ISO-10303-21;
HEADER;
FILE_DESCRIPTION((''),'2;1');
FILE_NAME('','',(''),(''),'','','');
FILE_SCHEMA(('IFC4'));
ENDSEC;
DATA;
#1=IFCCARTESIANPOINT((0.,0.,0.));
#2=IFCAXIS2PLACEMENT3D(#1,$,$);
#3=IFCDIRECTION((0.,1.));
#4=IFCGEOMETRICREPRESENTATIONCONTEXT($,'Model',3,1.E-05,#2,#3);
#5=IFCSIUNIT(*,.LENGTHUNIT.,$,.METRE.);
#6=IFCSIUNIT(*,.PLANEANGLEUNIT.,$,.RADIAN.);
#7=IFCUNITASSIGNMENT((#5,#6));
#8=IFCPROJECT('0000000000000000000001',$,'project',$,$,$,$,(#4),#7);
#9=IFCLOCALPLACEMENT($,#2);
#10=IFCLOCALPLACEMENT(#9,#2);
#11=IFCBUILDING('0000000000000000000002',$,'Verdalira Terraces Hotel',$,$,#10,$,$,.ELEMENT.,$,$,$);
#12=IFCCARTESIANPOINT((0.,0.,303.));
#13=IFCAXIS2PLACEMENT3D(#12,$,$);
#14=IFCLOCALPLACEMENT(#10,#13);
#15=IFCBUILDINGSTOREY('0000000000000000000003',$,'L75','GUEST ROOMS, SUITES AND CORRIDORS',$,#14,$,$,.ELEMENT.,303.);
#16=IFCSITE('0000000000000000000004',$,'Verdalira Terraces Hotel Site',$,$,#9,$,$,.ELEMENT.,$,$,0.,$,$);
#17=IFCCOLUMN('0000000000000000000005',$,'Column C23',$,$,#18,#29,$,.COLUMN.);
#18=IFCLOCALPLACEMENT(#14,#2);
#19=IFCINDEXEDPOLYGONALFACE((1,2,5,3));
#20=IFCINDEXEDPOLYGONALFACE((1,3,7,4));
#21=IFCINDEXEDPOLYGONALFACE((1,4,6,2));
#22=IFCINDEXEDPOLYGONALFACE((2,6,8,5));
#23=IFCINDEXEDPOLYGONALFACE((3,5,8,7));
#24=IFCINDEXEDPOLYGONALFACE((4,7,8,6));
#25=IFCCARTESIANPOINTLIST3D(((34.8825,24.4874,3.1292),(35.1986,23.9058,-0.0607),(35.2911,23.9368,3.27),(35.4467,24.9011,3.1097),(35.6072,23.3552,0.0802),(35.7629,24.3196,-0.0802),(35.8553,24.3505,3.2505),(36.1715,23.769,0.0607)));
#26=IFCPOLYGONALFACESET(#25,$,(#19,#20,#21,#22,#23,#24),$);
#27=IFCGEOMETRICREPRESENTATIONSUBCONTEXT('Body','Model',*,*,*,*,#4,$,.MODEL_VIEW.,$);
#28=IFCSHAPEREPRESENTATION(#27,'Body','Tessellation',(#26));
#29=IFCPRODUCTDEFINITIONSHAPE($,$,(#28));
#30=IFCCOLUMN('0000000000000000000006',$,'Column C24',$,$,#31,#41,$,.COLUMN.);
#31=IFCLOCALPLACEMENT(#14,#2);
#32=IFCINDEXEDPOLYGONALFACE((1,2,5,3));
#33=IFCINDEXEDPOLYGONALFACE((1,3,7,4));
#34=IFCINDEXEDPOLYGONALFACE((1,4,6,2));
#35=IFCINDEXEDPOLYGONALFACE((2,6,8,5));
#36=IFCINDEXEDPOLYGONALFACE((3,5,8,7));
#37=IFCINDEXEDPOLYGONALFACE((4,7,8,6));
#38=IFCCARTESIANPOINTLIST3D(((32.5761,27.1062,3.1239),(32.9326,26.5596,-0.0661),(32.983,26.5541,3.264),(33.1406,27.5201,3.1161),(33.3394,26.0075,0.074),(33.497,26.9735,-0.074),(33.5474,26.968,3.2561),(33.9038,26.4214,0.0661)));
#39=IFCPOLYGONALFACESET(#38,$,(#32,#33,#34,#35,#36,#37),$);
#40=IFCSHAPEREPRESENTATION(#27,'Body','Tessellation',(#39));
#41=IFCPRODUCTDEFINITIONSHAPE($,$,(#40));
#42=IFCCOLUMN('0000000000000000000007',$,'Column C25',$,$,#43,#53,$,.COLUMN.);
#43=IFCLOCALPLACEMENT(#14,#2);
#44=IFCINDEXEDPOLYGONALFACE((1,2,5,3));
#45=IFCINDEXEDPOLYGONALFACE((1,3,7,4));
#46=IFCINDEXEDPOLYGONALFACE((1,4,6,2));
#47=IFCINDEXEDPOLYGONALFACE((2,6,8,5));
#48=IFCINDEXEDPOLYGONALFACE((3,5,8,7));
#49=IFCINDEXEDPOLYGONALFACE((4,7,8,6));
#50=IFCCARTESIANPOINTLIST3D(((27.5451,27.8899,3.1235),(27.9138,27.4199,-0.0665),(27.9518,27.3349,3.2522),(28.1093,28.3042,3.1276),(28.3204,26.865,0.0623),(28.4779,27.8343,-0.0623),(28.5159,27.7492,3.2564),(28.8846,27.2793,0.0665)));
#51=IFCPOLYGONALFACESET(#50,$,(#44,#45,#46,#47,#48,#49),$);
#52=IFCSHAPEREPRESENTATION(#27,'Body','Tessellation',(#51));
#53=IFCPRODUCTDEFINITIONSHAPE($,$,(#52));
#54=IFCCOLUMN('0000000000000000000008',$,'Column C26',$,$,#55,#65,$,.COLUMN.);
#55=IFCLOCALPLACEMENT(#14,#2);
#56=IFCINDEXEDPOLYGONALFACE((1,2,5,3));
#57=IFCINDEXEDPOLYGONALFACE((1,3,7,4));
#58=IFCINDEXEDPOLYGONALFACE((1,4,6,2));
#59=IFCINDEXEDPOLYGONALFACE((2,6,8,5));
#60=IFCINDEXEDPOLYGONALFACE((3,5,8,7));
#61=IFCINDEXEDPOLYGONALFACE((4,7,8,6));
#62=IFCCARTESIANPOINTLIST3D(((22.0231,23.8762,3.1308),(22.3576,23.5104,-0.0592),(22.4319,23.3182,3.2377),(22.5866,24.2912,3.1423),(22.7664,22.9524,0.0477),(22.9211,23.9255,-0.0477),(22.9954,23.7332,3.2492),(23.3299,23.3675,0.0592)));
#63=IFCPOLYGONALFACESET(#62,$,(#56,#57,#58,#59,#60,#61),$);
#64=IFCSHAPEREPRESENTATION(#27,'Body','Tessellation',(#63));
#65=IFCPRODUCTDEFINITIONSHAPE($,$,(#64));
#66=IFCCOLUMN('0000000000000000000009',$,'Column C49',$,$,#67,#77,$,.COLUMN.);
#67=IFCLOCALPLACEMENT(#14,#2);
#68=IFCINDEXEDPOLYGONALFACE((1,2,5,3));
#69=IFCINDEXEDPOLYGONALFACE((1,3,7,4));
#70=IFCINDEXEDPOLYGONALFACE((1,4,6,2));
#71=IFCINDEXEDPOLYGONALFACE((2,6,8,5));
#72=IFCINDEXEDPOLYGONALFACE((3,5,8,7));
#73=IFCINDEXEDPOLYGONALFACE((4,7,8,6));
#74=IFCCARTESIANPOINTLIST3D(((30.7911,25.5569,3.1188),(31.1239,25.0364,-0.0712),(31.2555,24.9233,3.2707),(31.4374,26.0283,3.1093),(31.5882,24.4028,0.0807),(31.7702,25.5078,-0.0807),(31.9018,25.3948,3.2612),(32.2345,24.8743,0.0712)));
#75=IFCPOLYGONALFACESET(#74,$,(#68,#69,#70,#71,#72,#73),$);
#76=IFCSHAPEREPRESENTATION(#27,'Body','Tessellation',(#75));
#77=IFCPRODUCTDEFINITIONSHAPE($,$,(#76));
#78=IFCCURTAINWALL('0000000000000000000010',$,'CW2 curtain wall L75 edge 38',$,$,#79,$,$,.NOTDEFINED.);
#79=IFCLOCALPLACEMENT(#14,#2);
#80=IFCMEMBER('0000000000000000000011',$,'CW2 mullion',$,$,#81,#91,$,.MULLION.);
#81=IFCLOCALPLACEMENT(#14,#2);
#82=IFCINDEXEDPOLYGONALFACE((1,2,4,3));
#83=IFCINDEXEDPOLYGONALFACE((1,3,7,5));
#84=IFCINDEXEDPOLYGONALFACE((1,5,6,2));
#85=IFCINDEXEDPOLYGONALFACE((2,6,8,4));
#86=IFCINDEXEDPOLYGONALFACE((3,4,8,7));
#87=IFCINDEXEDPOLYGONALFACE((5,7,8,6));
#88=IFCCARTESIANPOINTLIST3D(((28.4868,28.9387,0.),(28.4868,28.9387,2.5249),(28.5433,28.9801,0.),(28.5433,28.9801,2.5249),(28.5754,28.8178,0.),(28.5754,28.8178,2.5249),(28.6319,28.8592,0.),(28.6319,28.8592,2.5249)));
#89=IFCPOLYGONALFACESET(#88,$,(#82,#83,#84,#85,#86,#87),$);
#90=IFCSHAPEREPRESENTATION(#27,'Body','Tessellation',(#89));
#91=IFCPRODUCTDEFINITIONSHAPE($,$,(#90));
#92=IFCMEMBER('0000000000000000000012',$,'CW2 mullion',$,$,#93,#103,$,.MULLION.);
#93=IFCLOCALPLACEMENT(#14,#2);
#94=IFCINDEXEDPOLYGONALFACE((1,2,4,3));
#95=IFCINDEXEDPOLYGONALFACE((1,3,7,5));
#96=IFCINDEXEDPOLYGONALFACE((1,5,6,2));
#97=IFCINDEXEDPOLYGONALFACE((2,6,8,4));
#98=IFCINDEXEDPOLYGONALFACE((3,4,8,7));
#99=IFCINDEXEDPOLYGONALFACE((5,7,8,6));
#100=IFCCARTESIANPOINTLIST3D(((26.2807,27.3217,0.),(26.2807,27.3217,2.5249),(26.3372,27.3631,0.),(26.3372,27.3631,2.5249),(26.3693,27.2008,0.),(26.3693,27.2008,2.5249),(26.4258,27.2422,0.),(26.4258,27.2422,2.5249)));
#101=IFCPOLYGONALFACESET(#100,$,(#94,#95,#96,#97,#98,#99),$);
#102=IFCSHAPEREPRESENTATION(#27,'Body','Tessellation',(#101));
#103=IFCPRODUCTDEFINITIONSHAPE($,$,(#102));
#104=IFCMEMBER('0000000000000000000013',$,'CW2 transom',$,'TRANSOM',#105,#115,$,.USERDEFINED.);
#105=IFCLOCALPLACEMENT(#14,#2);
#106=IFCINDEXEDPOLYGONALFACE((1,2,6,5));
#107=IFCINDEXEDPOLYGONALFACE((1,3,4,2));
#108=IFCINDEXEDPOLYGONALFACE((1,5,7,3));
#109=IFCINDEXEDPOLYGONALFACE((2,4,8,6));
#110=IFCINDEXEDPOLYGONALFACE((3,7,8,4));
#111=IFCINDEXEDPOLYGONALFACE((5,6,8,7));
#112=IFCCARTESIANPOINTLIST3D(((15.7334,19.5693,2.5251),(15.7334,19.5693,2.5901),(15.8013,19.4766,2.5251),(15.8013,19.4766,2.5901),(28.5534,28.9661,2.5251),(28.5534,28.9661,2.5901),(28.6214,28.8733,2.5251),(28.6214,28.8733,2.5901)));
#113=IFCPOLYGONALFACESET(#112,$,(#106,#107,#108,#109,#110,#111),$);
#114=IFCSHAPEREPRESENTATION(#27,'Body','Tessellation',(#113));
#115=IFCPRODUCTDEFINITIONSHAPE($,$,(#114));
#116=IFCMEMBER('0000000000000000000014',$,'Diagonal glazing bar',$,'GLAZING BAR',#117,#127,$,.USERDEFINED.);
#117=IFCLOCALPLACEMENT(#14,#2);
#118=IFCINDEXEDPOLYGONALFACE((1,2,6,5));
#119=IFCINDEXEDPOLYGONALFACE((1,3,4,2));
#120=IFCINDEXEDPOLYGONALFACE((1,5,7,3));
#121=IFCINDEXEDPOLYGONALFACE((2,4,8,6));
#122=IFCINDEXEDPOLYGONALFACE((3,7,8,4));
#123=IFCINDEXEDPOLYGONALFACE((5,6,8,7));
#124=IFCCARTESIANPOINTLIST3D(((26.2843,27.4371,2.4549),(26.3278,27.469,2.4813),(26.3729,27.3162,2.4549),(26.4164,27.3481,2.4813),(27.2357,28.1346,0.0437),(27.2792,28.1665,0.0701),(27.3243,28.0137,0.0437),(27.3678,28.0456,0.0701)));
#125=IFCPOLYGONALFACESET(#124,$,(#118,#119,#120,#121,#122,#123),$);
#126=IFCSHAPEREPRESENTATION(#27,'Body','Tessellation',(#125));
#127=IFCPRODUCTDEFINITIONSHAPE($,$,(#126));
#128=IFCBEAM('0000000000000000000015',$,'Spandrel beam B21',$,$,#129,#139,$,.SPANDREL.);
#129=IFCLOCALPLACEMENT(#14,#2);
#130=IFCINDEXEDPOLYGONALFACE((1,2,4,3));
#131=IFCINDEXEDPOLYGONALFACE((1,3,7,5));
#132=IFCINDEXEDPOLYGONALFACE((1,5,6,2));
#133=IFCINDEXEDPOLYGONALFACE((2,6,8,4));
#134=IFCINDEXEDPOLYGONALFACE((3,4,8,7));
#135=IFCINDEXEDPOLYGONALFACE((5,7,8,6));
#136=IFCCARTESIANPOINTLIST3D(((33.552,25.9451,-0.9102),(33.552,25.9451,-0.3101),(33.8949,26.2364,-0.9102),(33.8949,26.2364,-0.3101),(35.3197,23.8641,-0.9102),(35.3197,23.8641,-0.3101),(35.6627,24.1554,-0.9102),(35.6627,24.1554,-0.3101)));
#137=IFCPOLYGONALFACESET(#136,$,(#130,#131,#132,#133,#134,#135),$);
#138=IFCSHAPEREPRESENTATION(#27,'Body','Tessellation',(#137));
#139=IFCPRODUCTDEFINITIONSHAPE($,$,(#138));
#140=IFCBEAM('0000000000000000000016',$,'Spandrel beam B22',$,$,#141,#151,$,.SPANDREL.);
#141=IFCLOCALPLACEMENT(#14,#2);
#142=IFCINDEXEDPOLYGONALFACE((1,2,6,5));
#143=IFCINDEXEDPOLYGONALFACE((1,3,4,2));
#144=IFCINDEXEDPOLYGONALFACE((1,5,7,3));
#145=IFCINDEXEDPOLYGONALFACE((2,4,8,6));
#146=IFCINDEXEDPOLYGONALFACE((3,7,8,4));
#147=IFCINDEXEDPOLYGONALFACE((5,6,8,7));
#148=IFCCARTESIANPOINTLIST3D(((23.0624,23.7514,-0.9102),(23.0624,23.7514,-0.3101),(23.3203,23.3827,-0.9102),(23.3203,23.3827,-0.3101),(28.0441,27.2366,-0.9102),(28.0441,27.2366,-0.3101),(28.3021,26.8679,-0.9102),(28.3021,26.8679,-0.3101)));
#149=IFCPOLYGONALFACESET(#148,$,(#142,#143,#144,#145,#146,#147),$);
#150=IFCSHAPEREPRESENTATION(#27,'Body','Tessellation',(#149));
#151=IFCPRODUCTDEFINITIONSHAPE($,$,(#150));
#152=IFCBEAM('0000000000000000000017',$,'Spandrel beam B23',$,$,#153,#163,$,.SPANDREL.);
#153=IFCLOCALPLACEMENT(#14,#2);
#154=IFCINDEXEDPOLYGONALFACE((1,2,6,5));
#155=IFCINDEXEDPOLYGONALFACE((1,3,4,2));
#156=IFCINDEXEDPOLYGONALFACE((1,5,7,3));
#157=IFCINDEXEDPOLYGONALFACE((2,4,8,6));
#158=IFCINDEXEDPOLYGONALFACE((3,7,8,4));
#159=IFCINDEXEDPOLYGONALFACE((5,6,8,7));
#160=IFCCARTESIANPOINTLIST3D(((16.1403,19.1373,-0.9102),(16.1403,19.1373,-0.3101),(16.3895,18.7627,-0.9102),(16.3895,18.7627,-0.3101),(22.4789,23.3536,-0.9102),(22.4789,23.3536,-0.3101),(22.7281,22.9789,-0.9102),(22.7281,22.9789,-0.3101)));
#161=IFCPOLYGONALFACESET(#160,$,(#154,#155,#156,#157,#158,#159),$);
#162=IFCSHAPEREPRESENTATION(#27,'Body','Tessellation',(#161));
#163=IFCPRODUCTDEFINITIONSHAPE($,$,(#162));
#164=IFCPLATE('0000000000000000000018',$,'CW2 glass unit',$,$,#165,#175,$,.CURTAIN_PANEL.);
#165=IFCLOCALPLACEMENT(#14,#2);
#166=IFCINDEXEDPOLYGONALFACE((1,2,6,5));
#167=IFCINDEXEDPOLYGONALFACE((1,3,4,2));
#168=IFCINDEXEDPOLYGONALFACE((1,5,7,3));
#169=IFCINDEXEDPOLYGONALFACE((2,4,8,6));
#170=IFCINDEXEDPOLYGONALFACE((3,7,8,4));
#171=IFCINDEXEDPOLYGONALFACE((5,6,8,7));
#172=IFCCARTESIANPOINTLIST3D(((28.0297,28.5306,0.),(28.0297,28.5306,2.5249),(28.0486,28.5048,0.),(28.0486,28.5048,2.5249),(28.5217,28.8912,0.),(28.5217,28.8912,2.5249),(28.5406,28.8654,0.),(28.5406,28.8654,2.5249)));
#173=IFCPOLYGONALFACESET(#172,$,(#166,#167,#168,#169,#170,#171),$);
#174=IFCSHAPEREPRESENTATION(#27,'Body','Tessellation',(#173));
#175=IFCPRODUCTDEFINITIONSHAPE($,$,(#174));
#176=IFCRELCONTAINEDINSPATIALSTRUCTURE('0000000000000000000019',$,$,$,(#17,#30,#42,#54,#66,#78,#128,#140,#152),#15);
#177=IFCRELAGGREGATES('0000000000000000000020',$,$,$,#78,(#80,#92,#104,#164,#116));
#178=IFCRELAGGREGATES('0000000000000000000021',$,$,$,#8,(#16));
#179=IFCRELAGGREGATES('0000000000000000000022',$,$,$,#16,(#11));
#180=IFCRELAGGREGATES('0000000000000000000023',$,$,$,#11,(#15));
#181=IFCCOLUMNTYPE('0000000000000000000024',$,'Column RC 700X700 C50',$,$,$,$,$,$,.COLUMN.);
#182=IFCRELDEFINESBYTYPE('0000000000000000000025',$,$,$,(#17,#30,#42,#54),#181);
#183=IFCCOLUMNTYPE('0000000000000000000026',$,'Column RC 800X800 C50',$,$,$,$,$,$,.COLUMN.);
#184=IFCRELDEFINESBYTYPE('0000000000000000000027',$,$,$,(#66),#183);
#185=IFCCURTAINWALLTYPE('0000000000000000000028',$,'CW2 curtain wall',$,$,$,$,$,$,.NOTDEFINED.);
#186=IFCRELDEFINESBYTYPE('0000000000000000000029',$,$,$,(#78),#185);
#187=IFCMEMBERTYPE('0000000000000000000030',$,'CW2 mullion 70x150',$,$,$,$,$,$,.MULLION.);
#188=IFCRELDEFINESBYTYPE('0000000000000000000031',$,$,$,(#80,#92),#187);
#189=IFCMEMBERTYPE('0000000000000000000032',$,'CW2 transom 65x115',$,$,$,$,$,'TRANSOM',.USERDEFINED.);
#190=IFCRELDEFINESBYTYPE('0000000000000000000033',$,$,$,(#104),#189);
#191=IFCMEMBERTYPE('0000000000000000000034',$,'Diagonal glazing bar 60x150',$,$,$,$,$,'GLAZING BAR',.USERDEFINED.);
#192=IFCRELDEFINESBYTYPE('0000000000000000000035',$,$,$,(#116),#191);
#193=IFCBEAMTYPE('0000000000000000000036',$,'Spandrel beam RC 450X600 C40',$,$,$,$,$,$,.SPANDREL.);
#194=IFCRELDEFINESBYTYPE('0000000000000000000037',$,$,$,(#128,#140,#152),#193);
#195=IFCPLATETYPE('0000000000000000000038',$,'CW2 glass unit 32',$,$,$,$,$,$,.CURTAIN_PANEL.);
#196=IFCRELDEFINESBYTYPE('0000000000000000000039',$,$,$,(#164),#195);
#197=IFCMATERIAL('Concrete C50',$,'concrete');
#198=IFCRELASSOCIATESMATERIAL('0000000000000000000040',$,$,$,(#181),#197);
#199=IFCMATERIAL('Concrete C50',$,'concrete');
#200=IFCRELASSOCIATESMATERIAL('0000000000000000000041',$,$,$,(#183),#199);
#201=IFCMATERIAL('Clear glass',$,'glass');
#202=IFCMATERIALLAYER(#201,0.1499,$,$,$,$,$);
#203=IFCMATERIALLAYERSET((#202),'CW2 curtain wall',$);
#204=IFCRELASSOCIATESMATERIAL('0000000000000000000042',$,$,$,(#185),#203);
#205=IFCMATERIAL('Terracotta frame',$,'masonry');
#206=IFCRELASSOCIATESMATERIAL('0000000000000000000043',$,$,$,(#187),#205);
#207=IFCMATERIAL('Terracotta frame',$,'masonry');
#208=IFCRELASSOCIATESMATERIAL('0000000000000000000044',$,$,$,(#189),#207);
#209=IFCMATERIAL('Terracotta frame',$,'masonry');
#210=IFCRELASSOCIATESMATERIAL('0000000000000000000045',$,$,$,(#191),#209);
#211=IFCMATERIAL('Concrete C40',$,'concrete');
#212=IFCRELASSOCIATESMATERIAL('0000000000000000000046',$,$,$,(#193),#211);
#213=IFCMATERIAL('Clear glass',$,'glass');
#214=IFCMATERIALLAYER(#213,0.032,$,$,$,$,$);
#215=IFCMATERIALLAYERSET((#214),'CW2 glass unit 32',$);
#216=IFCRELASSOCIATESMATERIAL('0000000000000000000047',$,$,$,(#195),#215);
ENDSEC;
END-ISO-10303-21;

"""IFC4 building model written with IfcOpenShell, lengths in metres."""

from ifc_helpers import new_model, si_unit, direction, frame, origin, origin_2d, place, context, subcontext, project, spatial, rectangle, extrude, material, layer, layer_set, material_profile, profile_set, type_object, element, aggregate, save


model = new_model("IFC4")

# Units and contexts
model_context = context("Model", 3, precision=1e-05, world=origin(), true_north=direction((0.0, 1.0)))
body_context = subcontext(model_context, "Body", "Model", "MODEL_VIEW")
ifc_project = project(units=[si_unit("LENGTHUNIT", "METRE"), si_unit("PLANEANGLEUNIT", "RADIAN")], contexts=[model_context])

# Site, building, storey
site_placement = place(None, origin())
site = spatial("IfcSite", under=ifc_project, at=site_placement, Name="Verdalira Terraces Hotel Site", CompositionType="ELEMENT", RefElevation=0.0)
building_placement = place(site_placement, origin())
building = spatial("IfcBuilding", under=site, at=building_placement, Name="Verdalira Terraces Hotel", CompositionType="ELEMENT")
storey_placement = place(building_placement, frame((0.0, 0.0, 303.0)))
storey = spatial("IfcBuildingStorey", under=building, at=storey_placement, Name="L75", Description="GUEST ROOMS, SUITES AND CORRIDORS", CompositionType="ELEMENT", Elevation=303.0)

# Columns
ifc_material_1 = material(Name="Concrete C50", Category="concrete")
ifc_material_profile_1 = material_profile(ifc_material_1, rectangle(XDim=0.7, YDim=0.7, at=origin_2d()), Name="RC 700X700")
ifc_profile_set_1 = profile_set([ifc_material_profile_1], Name="Concrete C50")
column_type_1 = type_object("IfcColumnType", Name="Column RC 700X700 C50", PredefinedType="COLUMN", material=ifc_profile_set_1)
column_1_placement = place(storey_placement, frame((35.6851, 23.8374, 0.0), z_axis=(-0.097045, 0.178503, 0.979142), x_axis=(-0.583737, 0.786604, -0.201258)))
element("IfcColumn", 1, at=column_1_placement, inside=storey, type_object=column_type_1, Name="Column C23", PredefinedType="COLUMN", context=body_context, shape_type="SweptSolid", body=[
    extrude(rectangle(XDim=0.7, YDim=0.7, at=origin_2d()), origin(), (0.0, 0.0, 1.0), 3.2578),
])
column_2_placement = place(storey_placement, frame((33.4182, 26.4905, 0.0), z_axis=(-0.109473, 0.167884, 0.979709), x_axis=(-0.581214, 0.788763, -0.200108)))
element("IfcColumn", 2, at=column_2_placement, inside=storey, type_object=column_type_1, Name="Column C24", PredefinedType="COLUMN", context=body_context, shape_type="SweptSolid", body=[
    extrude(rectangle(XDim=0.7, YDim=0.7, at=origin_2d()), origin(), (0.0, 0.0, 1.0), 3.2561),
])
column_3_placement = place(storey_placement, frame((28.3992, 27.3496, 0.0), z_axis=(-0.113593, 0.144812, 0.982917), x_axis=(-0.805984, -0.591908, -0.00594)))
element("IfcColumn", 3, at=column_3_placement, inside=storey, type_object=column_type_1, Name="Column C25", PredefinedType="COLUMN", context=body_context, shape_type="SweptSolid", body=[
    extrude(rectangle(XDim=0.7, YDim=0.7, at=origin_2d()), origin(), (0.0, 0.0, 1.0), 3.2454),
])
column_4_placement = place(storey_placement, frame((22.8438, 23.439, 0.0), z_axis=(-0.103609, 0.11329, 0.988145), x_axis=(-0.805039, -0.592995, -0.016424)))
element("IfcColumn", 4, at=column_4_placement, inside=storey, type_object=column_type_1, Name="Column C26", PredefinedType="COLUMN", context=body_context, shape_type="SweptSolid", body=[
    extrude(rectangle(XDim=0.7, YDim=0.7, at=origin_2d()), origin(), (0.0, 0.0, 1.0), 3.2283),
])
ifc_material_2 = material(Name="Concrete C50", Category="concrete")
ifc_material_profile_2 = material_profile(ifc_material_2, rectangle(XDim=0.8, YDim=0.8, at=origin_2d()), Name="RC 800X800")
ifc_profile_set_2 = profile_set([ifc_material_profile_2], Name="Concrete C50")
column_type_2 = type_object("IfcColumnType", Name="Column RC 800X800 C50", PredefinedType="COLUMN", material=ifc_profile_set_2)
column_5_placement = place(storey_placement, frame((31.6792, 24.9553, 0.0), z_axis=(-0.102414, 0.160195, 0.981758), x_axis=(0.807832, 0.589293, -0.011886)))
element("IfcColumn", 5, at=column_5_placement, inside=storey, type_object=column_type_2, Name="Column C49", PredefinedType="COLUMN", context=body_context, shape_type="SweptSolid", body=[
    extrude(rectangle(XDim=0.8, YDim=0.8, at=origin_2d()), origin(), (0.0, 0.0, 1.0), 3.2493),
])

# Curtain wall, members
ifc_material_3 = material(Name="Clear glass", Category="glass")
ifc_layer_1 = layer(ifc_material_3, 0.1499)
ifc_layer_set_1 = layer_set([ifc_layer_1], Name="CW2 curtain wall")
curtain_wall_type = type_object("IfcCurtainWallType", Name="CW2 curtain wall", PredefinedType="NOTDEFINED", material=ifc_layer_set_1)
curtain_wall_placement = place(storey_placement, origin())
curtain_wall = element("IfcCurtainWall", 6, at=curtain_wall_placement, inside=storey, type_object=curtain_wall_type, Name="CW2 curtain wall L75 edge 38", PredefinedType="NOTDEFINED")
ifc_material_4 = material(Name="Terracotta frame", Category="masonry")
ifc_material_profile_3 = material_profile(ifc_material_4, rectangle(XDim=0.0701, YDim=0.1499, at=origin_2d()), Name="MU 70x150")
ifc_profile_set_3 = profile_set([ifc_material_profile_3], Name="Terracotta frame")
member_type_1 = type_object("IfcMemberType", Name="CW2 mullion 70x150", PredefinedType="MULLION", material=ifc_profile_set_3)
member_1_placement = place(storey_placement, frame((28.5593, 28.8989, 0.0), z_axis=(0.0, 0.0, 1.0), x_axis=(-0.806548, -0.591169, 0.0)))
member_1 = element("IfcMember", 7, at=member_1_placement, type_object=member_type_1, Name="CW2 mullion", PredefinedType="MULLION", context=body_context, shape_type="SweptSolid", body=[
    extrude(rectangle(XDim=0.0701, YDim=0.1499, at=origin_2d()), origin(), (0.0, 0.0, 1.0), 2.5249),
])
member_2_placement = place(storey_placement, frame((26.3533, 27.282, 0.0), z_axis=(0.0, 0.0, 1.0), x_axis=(-0.806548, -0.591169, 0.0)))
member_2 = element("IfcMember", 8, at=member_2_placement, type_object=member_type_1, Name="CW2 mullion", PredefinedType="MULLION", context=body_context, shape_type="SweptSolid", body=[
    extrude(rectangle(XDim=0.0701, YDim=0.1499, at=origin_2d()), origin(), (0.0, 0.0, 1.0), 2.5249),
])
ifc_material_5 = material(Name="Terracotta frame", Category="masonry")
ifc_material_profile_4 = material_profile(ifc_material_5, rectangle(XDim=0.115, YDim=0.0649, at=origin_2d()), Name="TR 65x115")
ifc_profile_set_4 = profile_set([ifc_material_profile_4], Name="Terracotta frame")
member_type_2 = type_object("IfcMemberType", Name="CW2 transom 65x115", ElementType="TRANSOM", PredefinedType="USERDEFINED", material=ifc_profile_set_4)
member_3_placement = place(storey_placement, frame((28.5874, 28.9197, 2.5576), z_axis=(-0.806545, -0.591173, 0.0), x_axis=(0.591173, -0.806545, 0.0)))
member_3 = element("IfcMember", 9, at=member_3_placement, type_object=member_type_2, Name="CW2 transom", ObjectType="TRANSOM", PredefinedType="USERDEFINED", context=body_context, shape_type="SweptSolid", body=[
    extrude(rectangle(XDim=0.115, YDim=0.0649, at=origin_2d()), origin(), (0.0, 0.0, 1.0), 15.895),
])
ifc_material_6 = material(Name="Terracotta frame", Category="masonry")
ifc_material_profile_5 = material_profile(ifc_material_6, rectangle(XDim=0.1499, YDim=0.0601, at=origin_2d()), Name="GB 60x150")
ifc_profile_set_5 = profile_set([ifc_material_profile_5], Name="Terracotta frame")
member_type_3 = type_object("IfcMemberType", Name="Diagonal glazing bar 60x150", ElementType="GLAZING BAR", PredefinedType="USERDEFINED", material=ifc_profile_set_5)
member_4_placement = place(storey_placement, frame((27.3018, 28.0901, 0.0569), z_axis=(-0.354442, -0.259851, 0.898247), x_axis=(0.591256, -0.806484, 0.0)))
member_4 = element("IfcMember", 10, at=member_4_placement, type_object=member_type_3, Name="Diagonal glazing bar", ObjectType="GLAZING BAR", PredefinedType="USERDEFINED", context=body_context, shape_type="SweptSolid", body=[
    extrude(rectangle(XDim=0.1499, YDim=0.0601, at=origin_2d()), origin(), (0.0, 0.0, 1.0), 2.6843),
])

# Beams
ifc_material_7 = material(Name="Concrete C40", Category="concrete")
ifc_material_profile_6 = material_profile(ifc_material_7, rectangle(XDim=0.45, YDim=0.6001, at=origin_2d()), Name="RC 450X600")
ifc_profile_set_6 = profile_set([ifc_material_profile_6], Name="Concrete C40")
beam_type = type_object("IfcBeamType", Name="Spandrel beam RC 450X600 C40", PredefinedType="SPANDREL", material=ifc_profile_set_6)
beam_1_placement = place(storey_placement, frame((35.4912, 24.0098, -0.6101), z_axis=(-0.64742, 0.762133, 0.0), x_axis=(-0.762133, -0.64742, 0.0)))
element("IfcBeam", 11, at=beam_1_placement, inside=storey, type_object=beam_type, Name="Spandrel beam B21", PredefinedType="SPANDREL", context=body_context, shape_type="SweptSolid", body=[
    extrude(rectangle(XDim=0.45, YDim=0.6001, at=origin_2d()), origin(), (0.0, 0.0, 1.0), 2.7305),
])
beam_2_placement = place(storey_placement, frame((28.1731, 27.0522, -0.6101), z_axis=(-0.819392, -0.573233, 0.0), x_axis=(0.573233, -0.819392, 0.0)))
element("IfcBeam", 12, at=beam_2_placement, inside=storey, type_object=beam_type, Name="Spandrel beam B22", PredefinedType="SPANDREL", context=body_context, shape_type="SweptSolid", body=[
    extrude(rectangle(XDim=0.45, YDim=0.6001, at=origin_2d()), origin(), (0.0, 0.0, 1.0), 6.0798),
])
beam_3_placement = place(storey_placement, frame((22.6035, 23.1663, -0.6101), z_axis=(-0.832622, -0.553841, 0.0), x_axis=(0.553841, -0.832622, 0.0)))
element("IfcBeam", 13, at=beam_3_placement, inside=storey, type_object=beam_type, Name="Spandrel beam B23", PredefinedType="SPANDREL", context=body_context, shape_type="SweptSolid", body=[
    extrude(rectangle(XDim=0.45, YDim=0.6001, at=origin_2d()), origin(), (0.0, 0.0, 1.0), 7.6128),
])

# Plate
ifc_material_8 = material(Name="Clear glass", Category="glass")
ifc_layer_2 = layer(ifc_material_8, 0.032)
ifc_layer_set_2 = layer_set([ifc_layer_2], Name="CW2 glass unit 32")
plate_type = type_object("IfcPlateType", Name="CW2 glass unit 32", PredefinedType="CURTAIN_PANEL", material=ifc_layer_set_2)
plate_1_placement = place(storey_placement, frame((28.2852, 28.698, 0.0), z_axis=(0.0, 0.0, 1.0), x_axis=(-0.806548, -0.591169, 0.0)))
plate_1 = element("IfcPlate", 14, at=plate_1_placement, type_object=plate_type, Name="CW2 glass unit", PredefinedType="CURTAIN_PANEL", context=body_context, shape_type="SweptSolid", body=[
    extrude(rectangle(XDim=0.6101, YDim=0.032, at=origin_2d()), origin(), (0.0, 0.0, 1.0), 2.5249),
])
aggregate(curtain_wall, [member_1, member_2, member_3, plate_1, member_4])

save(model, "model.ifc")
